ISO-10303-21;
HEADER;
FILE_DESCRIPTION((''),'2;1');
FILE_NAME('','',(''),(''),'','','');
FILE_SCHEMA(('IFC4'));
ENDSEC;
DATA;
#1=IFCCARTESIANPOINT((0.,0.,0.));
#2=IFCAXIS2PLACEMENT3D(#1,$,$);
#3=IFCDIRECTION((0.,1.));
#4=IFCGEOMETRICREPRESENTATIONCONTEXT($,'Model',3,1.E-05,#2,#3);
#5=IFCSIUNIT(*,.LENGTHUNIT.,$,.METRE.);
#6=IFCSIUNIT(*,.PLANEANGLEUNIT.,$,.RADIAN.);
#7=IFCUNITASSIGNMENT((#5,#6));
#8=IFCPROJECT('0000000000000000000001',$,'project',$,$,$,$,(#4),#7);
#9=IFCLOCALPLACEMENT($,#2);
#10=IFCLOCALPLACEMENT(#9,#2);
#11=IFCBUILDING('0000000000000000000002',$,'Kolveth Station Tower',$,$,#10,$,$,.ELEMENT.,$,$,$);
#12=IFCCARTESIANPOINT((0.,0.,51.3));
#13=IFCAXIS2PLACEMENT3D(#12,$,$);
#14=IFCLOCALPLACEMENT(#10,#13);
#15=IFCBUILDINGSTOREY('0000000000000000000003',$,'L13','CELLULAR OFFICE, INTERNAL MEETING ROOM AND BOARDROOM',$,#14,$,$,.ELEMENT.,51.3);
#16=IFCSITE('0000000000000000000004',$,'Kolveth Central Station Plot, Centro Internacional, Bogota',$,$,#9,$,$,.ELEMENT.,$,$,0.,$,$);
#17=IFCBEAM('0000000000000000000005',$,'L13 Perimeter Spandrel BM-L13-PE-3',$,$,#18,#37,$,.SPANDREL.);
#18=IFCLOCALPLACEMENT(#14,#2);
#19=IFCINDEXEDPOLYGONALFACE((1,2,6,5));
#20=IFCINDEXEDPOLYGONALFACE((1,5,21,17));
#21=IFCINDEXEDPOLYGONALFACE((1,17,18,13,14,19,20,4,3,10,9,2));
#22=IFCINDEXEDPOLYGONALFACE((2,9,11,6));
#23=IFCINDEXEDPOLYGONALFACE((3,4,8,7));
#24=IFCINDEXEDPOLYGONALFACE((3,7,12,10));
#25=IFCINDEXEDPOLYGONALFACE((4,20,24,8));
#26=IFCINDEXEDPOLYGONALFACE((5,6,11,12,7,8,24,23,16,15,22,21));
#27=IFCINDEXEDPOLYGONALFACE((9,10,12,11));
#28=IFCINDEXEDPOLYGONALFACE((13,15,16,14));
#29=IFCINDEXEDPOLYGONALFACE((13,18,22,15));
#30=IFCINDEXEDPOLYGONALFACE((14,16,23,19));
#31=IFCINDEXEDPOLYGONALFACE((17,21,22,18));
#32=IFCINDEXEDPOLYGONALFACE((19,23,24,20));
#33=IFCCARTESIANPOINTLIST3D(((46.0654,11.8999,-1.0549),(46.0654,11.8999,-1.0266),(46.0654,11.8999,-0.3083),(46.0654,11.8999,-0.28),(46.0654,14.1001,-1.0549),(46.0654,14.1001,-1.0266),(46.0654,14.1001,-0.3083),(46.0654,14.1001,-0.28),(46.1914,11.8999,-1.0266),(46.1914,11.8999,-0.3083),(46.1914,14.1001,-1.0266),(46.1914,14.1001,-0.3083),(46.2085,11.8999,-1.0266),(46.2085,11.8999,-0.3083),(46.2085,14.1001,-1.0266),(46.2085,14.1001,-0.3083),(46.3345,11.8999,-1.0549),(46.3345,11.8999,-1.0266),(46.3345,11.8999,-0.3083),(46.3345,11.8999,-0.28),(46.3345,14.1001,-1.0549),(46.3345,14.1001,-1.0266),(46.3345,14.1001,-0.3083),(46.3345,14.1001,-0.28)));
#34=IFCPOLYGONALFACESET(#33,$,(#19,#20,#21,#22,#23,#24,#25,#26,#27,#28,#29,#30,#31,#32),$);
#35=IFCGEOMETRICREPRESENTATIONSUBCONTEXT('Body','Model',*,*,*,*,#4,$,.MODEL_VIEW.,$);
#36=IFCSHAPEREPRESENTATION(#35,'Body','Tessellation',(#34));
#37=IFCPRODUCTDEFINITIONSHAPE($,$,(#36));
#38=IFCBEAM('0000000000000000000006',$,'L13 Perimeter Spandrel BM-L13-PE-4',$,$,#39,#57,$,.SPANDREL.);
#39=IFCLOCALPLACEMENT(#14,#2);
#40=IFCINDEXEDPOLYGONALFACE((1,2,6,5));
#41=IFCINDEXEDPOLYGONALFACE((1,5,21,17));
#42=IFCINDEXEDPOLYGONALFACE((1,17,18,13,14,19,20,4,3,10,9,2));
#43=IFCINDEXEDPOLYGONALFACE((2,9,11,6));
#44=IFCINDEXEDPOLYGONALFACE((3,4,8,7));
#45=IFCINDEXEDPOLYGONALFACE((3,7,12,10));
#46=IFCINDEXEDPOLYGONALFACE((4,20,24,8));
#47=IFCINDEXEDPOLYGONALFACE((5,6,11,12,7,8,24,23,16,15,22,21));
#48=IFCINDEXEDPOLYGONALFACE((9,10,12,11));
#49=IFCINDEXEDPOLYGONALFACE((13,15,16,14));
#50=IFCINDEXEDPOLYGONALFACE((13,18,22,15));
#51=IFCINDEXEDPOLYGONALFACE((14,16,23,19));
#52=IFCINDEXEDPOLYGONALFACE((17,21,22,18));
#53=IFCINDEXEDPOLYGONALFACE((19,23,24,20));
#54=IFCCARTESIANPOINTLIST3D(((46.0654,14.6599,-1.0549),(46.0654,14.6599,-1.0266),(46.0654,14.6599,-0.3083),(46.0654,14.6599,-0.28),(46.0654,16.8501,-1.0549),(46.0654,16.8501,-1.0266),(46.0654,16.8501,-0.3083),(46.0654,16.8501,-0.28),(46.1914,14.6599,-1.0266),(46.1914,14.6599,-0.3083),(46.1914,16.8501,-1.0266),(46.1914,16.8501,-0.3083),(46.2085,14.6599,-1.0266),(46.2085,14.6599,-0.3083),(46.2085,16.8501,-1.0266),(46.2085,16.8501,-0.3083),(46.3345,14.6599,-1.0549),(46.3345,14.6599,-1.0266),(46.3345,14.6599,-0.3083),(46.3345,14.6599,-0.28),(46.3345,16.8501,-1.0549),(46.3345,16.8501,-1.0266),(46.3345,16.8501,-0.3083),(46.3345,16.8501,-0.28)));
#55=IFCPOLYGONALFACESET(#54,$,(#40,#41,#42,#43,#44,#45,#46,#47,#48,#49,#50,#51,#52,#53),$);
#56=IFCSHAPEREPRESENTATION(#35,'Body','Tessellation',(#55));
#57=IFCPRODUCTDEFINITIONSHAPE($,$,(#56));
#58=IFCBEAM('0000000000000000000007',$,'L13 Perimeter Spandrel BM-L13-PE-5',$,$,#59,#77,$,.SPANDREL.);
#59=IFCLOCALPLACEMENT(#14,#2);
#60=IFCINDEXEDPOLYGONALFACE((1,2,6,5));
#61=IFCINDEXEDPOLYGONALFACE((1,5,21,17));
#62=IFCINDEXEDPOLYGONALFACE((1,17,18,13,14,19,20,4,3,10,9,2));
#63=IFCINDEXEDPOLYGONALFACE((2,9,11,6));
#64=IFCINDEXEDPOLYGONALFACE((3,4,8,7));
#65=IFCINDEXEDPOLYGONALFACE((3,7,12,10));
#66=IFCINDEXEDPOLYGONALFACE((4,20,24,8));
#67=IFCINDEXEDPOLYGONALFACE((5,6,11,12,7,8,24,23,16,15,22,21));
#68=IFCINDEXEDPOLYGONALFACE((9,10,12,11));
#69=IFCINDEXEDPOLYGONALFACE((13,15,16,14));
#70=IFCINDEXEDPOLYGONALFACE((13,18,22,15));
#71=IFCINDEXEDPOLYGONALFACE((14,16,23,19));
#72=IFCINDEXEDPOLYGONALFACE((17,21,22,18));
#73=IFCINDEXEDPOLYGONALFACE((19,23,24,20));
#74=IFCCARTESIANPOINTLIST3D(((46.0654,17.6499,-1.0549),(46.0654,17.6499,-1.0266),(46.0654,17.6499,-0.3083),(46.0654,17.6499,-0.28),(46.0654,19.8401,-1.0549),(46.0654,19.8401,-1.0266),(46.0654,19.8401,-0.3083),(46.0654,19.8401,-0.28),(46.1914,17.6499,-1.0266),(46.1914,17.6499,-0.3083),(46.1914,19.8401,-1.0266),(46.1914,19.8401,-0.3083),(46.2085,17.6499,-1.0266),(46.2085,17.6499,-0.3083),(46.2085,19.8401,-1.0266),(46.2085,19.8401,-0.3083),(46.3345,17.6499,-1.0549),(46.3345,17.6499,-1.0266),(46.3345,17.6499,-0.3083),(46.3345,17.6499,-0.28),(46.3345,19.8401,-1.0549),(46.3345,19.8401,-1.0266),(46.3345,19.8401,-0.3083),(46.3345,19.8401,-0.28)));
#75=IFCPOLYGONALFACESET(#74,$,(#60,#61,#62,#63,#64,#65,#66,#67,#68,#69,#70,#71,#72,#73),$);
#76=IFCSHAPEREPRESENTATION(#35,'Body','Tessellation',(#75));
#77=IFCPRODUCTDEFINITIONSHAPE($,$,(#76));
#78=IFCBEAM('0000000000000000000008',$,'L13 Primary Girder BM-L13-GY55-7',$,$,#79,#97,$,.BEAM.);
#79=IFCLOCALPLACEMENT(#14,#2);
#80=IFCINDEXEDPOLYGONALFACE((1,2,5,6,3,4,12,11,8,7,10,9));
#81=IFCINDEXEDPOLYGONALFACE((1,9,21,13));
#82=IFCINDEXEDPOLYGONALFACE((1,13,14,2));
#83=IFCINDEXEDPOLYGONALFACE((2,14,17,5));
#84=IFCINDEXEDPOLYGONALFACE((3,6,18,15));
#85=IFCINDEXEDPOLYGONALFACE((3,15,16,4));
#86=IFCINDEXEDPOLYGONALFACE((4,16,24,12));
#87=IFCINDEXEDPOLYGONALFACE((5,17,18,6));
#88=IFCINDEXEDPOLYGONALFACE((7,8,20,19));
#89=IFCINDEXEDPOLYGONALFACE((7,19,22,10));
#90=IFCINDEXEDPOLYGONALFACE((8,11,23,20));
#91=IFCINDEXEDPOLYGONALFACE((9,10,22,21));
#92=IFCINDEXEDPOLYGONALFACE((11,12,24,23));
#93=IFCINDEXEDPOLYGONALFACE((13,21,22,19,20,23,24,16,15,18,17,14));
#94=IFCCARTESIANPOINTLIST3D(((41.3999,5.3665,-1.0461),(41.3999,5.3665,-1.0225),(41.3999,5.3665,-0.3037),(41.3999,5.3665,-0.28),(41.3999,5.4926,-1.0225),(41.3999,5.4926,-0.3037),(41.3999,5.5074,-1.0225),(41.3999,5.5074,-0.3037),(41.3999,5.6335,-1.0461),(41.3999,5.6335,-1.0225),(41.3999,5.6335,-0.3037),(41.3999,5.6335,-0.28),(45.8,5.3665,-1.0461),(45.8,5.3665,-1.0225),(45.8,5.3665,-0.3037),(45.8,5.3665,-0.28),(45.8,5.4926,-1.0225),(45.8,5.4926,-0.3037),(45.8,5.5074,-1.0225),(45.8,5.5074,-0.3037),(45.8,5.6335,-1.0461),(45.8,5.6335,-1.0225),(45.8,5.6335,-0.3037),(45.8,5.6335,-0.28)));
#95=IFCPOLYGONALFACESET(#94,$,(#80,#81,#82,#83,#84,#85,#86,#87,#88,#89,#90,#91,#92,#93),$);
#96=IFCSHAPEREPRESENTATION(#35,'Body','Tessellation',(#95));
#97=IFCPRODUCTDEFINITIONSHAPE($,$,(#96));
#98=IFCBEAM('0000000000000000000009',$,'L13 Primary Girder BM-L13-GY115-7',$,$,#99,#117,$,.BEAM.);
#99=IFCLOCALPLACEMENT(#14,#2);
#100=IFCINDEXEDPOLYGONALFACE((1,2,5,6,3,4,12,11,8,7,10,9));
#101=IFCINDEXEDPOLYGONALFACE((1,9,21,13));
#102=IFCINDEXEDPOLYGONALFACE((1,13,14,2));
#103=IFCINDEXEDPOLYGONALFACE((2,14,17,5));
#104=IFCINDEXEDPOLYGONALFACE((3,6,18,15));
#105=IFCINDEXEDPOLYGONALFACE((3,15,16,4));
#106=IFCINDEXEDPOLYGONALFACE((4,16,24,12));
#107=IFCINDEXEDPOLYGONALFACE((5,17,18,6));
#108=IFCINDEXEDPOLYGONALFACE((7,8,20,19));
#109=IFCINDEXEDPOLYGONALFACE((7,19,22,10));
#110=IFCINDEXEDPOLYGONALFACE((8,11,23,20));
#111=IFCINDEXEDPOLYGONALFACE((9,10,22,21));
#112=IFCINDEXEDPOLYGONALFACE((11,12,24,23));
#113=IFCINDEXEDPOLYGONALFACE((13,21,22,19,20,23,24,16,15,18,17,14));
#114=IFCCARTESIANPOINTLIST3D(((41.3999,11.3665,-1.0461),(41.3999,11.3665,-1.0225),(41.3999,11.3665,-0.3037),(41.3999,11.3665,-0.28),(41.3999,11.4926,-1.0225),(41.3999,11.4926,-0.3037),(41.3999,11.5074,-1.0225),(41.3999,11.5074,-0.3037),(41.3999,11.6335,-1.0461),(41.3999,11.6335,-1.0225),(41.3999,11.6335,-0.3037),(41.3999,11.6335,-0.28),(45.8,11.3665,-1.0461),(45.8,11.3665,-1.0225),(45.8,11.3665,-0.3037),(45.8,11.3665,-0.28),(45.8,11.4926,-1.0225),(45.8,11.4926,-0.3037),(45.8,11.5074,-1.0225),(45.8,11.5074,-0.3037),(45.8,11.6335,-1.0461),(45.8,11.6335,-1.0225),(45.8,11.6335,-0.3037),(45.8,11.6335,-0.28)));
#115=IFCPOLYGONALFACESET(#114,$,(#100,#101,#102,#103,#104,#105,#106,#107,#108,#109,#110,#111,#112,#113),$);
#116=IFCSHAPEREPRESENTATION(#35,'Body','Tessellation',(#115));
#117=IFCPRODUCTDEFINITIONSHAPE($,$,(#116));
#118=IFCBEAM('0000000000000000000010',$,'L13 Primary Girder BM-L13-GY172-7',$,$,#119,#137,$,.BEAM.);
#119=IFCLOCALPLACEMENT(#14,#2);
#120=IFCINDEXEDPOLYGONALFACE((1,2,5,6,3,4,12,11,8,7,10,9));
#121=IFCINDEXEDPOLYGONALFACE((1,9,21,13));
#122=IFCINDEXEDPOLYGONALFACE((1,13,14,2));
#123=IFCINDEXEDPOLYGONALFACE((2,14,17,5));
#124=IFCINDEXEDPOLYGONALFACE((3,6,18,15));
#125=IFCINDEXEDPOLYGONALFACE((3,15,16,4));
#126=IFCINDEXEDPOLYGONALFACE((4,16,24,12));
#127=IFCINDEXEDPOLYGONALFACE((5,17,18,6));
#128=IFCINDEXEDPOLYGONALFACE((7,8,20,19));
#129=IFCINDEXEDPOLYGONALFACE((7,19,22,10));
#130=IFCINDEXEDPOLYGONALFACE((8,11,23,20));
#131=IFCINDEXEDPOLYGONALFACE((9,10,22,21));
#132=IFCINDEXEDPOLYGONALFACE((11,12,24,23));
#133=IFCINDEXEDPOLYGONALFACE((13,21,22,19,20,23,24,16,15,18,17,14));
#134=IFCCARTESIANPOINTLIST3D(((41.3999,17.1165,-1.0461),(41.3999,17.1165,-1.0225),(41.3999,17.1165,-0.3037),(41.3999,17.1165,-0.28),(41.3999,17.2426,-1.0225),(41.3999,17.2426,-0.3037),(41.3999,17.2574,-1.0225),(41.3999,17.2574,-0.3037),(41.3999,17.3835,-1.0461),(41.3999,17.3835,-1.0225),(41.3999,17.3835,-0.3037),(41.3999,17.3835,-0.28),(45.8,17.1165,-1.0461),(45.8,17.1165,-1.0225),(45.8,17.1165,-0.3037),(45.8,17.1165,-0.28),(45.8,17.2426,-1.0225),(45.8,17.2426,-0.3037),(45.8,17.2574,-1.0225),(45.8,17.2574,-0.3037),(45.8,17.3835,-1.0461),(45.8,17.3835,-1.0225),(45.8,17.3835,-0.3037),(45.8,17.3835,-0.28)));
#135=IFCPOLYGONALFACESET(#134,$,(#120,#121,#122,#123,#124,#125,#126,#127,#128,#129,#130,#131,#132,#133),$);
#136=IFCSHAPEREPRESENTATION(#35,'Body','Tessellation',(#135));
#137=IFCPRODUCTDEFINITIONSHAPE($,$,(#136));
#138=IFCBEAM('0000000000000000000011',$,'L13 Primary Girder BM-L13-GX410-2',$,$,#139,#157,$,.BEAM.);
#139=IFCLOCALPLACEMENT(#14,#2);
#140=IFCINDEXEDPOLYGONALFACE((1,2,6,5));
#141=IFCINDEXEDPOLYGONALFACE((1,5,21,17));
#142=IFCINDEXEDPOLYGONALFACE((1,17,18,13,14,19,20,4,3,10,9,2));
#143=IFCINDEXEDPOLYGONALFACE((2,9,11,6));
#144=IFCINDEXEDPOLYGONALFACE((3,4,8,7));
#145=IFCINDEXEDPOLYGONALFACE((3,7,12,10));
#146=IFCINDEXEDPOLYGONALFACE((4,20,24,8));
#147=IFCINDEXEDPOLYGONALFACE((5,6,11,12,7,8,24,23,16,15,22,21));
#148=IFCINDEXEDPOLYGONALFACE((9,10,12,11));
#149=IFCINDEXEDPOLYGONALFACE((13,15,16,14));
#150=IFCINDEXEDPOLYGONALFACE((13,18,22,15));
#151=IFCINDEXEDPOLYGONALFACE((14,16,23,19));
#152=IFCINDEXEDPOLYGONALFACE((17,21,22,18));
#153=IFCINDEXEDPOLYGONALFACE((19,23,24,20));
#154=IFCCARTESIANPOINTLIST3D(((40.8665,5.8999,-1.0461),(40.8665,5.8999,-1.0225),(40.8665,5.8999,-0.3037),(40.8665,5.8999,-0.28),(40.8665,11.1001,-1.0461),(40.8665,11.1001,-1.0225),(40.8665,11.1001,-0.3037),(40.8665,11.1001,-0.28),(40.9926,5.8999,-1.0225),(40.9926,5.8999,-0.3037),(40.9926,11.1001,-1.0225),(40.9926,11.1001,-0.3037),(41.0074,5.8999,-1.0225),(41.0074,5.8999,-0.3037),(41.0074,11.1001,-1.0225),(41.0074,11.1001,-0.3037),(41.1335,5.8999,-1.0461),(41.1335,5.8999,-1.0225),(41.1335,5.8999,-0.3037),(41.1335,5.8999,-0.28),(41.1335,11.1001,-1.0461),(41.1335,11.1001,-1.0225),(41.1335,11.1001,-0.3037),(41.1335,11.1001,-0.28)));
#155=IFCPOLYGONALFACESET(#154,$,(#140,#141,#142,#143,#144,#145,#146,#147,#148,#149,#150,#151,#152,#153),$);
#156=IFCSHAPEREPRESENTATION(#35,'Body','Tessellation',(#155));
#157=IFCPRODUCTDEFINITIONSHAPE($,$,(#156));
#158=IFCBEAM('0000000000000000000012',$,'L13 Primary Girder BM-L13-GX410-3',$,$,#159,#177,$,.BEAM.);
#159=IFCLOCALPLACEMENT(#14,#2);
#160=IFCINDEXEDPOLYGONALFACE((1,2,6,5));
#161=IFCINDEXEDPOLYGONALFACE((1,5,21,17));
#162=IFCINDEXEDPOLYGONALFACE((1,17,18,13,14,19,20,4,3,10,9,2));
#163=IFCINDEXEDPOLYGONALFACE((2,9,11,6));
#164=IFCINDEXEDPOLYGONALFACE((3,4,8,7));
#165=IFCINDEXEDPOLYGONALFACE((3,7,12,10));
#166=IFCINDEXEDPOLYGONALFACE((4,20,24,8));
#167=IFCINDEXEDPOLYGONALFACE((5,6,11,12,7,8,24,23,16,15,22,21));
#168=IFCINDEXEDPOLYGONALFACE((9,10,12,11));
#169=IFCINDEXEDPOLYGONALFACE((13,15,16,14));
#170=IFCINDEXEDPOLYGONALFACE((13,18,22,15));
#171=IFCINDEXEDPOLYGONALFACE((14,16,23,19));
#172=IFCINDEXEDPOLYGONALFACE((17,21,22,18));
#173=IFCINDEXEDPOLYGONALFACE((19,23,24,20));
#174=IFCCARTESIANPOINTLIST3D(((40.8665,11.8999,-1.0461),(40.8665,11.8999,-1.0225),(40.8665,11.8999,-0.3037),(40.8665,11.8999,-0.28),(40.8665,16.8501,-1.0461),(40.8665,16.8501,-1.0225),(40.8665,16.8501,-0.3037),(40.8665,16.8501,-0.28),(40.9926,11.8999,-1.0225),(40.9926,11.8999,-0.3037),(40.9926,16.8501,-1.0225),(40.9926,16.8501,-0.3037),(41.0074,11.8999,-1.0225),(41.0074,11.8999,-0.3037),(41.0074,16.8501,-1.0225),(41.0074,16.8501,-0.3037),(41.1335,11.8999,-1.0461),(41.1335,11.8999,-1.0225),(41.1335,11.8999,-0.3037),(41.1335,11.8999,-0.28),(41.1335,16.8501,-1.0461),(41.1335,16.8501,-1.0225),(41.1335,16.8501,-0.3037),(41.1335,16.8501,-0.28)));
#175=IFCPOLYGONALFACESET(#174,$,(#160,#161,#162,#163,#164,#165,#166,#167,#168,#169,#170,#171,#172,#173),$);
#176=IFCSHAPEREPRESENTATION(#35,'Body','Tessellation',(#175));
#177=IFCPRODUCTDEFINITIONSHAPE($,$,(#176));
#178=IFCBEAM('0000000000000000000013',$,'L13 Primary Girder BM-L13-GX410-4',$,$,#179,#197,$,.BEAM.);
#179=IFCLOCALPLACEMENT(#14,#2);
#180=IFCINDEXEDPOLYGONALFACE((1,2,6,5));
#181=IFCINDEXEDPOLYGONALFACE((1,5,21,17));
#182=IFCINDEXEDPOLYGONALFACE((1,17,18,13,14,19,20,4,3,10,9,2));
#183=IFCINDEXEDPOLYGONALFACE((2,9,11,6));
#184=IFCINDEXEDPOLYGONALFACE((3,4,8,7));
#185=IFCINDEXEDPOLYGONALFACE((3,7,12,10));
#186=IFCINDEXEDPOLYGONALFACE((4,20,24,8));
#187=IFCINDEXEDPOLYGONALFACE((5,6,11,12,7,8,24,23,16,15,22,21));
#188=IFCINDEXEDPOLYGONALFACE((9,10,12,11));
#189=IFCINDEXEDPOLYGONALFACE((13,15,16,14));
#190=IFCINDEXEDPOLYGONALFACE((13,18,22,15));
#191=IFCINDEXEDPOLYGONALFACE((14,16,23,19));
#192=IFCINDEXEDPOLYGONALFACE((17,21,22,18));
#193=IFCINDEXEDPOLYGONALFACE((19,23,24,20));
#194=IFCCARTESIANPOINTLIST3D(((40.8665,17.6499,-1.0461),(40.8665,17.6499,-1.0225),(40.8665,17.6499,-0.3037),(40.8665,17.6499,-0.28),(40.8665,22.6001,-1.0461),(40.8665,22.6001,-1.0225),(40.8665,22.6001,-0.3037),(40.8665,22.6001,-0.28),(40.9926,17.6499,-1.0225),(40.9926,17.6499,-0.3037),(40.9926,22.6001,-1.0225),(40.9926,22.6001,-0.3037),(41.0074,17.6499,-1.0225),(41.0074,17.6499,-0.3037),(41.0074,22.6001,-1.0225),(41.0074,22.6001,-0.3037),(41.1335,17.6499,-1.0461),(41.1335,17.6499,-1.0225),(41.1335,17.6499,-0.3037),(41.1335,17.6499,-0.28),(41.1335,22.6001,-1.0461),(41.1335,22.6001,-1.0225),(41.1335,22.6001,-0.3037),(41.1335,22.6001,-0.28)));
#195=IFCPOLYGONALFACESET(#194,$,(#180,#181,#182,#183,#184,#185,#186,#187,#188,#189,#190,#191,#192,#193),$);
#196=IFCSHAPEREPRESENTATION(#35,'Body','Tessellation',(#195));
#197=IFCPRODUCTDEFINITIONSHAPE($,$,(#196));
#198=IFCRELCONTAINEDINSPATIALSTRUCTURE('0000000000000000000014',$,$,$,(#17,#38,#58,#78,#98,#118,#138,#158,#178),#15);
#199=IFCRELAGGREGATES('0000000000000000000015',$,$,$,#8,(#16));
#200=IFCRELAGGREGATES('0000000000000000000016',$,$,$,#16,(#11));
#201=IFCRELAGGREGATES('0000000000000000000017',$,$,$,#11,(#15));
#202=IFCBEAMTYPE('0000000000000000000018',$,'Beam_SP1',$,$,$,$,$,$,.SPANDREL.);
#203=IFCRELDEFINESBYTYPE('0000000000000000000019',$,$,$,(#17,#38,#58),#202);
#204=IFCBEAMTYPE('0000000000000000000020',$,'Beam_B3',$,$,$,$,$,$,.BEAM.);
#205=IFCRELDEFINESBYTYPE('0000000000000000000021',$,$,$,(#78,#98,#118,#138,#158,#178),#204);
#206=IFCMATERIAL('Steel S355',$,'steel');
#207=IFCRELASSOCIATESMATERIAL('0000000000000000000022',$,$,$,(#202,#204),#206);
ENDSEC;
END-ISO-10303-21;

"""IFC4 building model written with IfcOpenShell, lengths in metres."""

from ifc_helpers import new_model, si_unit, direction, frame, origin, origin_2d, place, context, subcontext, project, spatial, i_section, extrude, source, transform, mapped, material, material_profile, profile_set, type_object, element, save


model = new_model("IFC4")

# Units and contexts
model_context = context("Model", 3, precision=1e-05, world=origin(), true_north=direction((0.0, 1.0)))
body_context = subcontext(model_context, "Body", "Model", "MODEL_VIEW")
ifc_project = project(units=[si_unit("LENGTHUNIT", "METRE"), si_unit("PLANEANGLEUNIT", "RADIAN")], contexts=[model_context])

# Site, building, storey
site_placement = place(None, origin())
site = spatial("IfcSite", under=ifc_project, at=site_placement, Name="Kolveth Central Station Plot, Centro Internacional, Bogota", CompositionType="ELEMENT", RefElevation=0.0)
building_placement = place(site_placement, origin())
building = spatial("IfcBuilding", under=site, at=building_placement, Name="Kolveth Station Tower", CompositionType="ELEMENT")
storey_placement = place(building_placement, frame((0.0, 0.0, 51.3)))
storey = spatial("IfcBuildingStorey", under=building, at=storey_placement, Name="L13", Description="CELLULAR OFFICE, INTERNAL MEETING ROOM AND BOARDROOM", CompositionType="ELEMENT", Elevation=51.3)

# Shared definitions
ifc_material_1 = material(Name="Steel S355", Category="steel")

# Beams
ifc_material_profile_1 = material_profile(ifc_material_1, i_section(OverallWidth=0.269, OverallDepth=0.7749, WebThickness=0.0171, FlangeThickness=0.0283, at=origin_2d()), Name="W760x220")
ifc_profile_set_1 = profile_set([ifc_material_profile_1], Name="Steel S355")
beam_type_1 = type_object("IfcBeamType", Name="Beam_SP1", PredefinedType="SPANDREL", material=ifc_profile_set_1)
shared_shape_1 = source(origin(), body_context, "Body", "SweptSolid", [
    extrude(i_section(OverallWidth=0.269, OverallDepth=0.7749, WebThickness=0.0171, FlangeThickness=0.0283, at=origin_2d()), origin(), (0.0, 0.0, 1.0), 2.2002),
])
beam_1_placement = place(storey_placement, frame((46.2, 11.8999, -0.6675), z_axis=(0.0, 1.0, 0.0), x_axis=(-1.0, 0.0, 0.0)))
element("IfcBeam", 1, at=beam_1_placement, inside=storey, type_object=beam_type_1, Name="L13 Perimeter Spandrel BM-L13-PE-3", PredefinedType="SPANDREL", context=body_context, shape_type="MappedRepresentation", body=[
    mapped(shared_shape_1, transform((0.0, 0.0, 0.0), x_axis=(1.0, 0.0, 0.0), y_axis=(0.0, 1.0, 0.0), z_axis=(0.0, 0.0, 1.0), scale=1.0)),
])
shared_shape_2 = source(origin(), body_context, "Body", "SweptSolid", [
    extrude(i_section(OverallWidth=0.269, OverallDepth=0.7749, WebThickness=0.0171, FlangeThickness=0.0283, at=origin_2d()), origin(), (0.0, 0.0, 1.0), 2.1902),
])
for number, where, z_axis, x_axis, name in (
    (2, (46.2, 14.6599, -0.6675), (0.0, 1.0, 0.0), (-1.0, 0.0, 0.0), "L13 Perimeter Spandrel BM-L13-PE-4"),
    (3, (46.2, 17.6499, -0.6675), (0.0, 1.0, 0.0), (-1.0, 0.0, 0.0), "L13 Perimeter Spandrel BM-L13-PE-5"),
):
    element("IfcBeam", number, at=place(storey_placement, frame(where, z_axis=z_axis, x_axis=x_axis)), inside=storey, type_object=beam_type_1, Name=name, PredefinedType="SPANDREL", context=body_context, shape_type="MappedRepresentation", body=[
        mapped(shared_shape_2, transform((0.0, 0.0, 0.0), x_axis=(1.0, 0.0, 0.0), y_axis=(0.0, 1.0, 0.0), z_axis=(0.0, 0.0, 1.0), scale=1.0)),
    ])
ifc_material_profile_2 = material_profile(ifc_material_1, i_section(OverallWidth=0.2671, OverallDepth=0.7661, WebThickness=0.0149, FlangeThickness=0.0237, at=origin_2d()), Name="W760x185")
ifc_profile_set_2 = profile_set([ifc_material_profile_2], Name="Steel S355")
beam_type_2 = type_object("IfcBeamType", Name="Beam_B3", PredefinedType="BEAM", material=ifc_profile_set_2)
shared_shape_3 = source(origin(), body_context, "Body", "SweptSolid", [
    extrude(i_section(OverallWidth=0.2671, OverallDepth=0.7661, WebThickness=0.0149, FlangeThickness=0.0237, at=origin_2d()), origin(), (0.0, 0.0, 1.0), 4.4001),
])
for number, where, z_axis, x_axis, name in (
    (4, (41.3999, 5.5, -0.6631), (1.0, 0.0, 0.0), (0.0, 1.0, 0.0), "L13 Primary Girder BM-L13-GY55-7"),
    (5, (41.3999, 11.5, -0.6631), (1.0, 0.0, 0.0), (0.0, 1.0, 0.0), "L13 Primary Girder BM-L13-GY115-7"),
    (6, (41.3999, 17.25, -0.6631), (1.0, 0.0, 0.0), (0.0, 1.0, 0.0), "L13 Primary Girder BM-L13-GY172-7"),
):
    element("IfcBeam", number, at=place(storey_placement, frame(where, z_axis=z_axis, x_axis=x_axis)), inside=storey, type_object=beam_type_2, Name=name, PredefinedType="BEAM", context=body_context, shape_type="MappedRepresentation", body=[
        mapped(shared_shape_3, transform((0.0, 0.0, 0.0), x_axis=(1.0, 0.0, 0.0), y_axis=(0.0, 1.0, 0.0), z_axis=(0.0, 0.0, 1.0), scale=1.0)),
    ])
shared_shape_4 = source(origin(), body_context, "Body", "SweptSolid", [
    extrude(i_section(OverallWidth=0.2671, OverallDepth=0.7661, WebThickness=0.0149, FlangeThickness=0.0237, at=origin_2d()), origin(), (0.0, 0.0, 1.0), 5.2002),
])
beam_2_placement = place(storey_placement, frame((41.0, 5.8999, -0.6631), z_axis=(0.0, 1.0, 0.0), x_axis=(-1.0, 0.0, 0.0)))
element("IfcBeam", 7, at=beam_2_placement, inside=storey, type_object=beam_type_2, Name="L13 Primary Girder BM-L13-GX410-2", PredefinedType="BEAM", context=body_context, shape_type="MappedRepresentation", body=[
    mapped(shared_shape_4, transform((0.0, 0.0, 0.0), x_axis=(1.0, 0.0, 0.0), y_axis=(0.0, 1.0, 0.0), z_axis=(0.0, 0.0, 1.0), scale=1.0)),
])
shared_shape_5 = source(origin(), body_context, "Body", "SweptSolid", [
    extrude(i_section(OverallWidth=0.2671, OverallDepth=0.7661, WebThickness=0.0149, FlangeThickness=0.0237, at=origin_2d()), origin(), (0.0, 0.0, 1.0), 4.9502),
])
for number, where, z_axis, x_axis, name in (
    (8, (41.0, 11.8999, -0.6631), (0.0, 1.0, 0.0), (-1.0, 0.0, 0.0), "L13 Primary Girder BM-L13-GX410-3"),
    (9, (41.0, 17.6499, -0.6631), (0.0, 1.0, 0.0), (-1.0, 0.0, 0.0), "L13 Primary Girder BM-L13-GX410-4"),
):
    element("IfcBeam", number, at=place(storey_placement, frame(where, z_axis=z_axis, x_axis=x_axis)), inside=storey, type_object=beam_type_2, Name=name, PredefinedType="BEAM", context=body_context, shape_type="MappedRepresentation", body=[
        mapped(shared_shape_5, transform((0.0, 0.0, 0.0), x_axis=(1.0, 0.0, 0.0), y_axis=(0.0, 1.0, 0.0), z_axis=(0.0, 0.0, 1.0), scale=1.0)),
    ])

save(model, "model.ifc")
